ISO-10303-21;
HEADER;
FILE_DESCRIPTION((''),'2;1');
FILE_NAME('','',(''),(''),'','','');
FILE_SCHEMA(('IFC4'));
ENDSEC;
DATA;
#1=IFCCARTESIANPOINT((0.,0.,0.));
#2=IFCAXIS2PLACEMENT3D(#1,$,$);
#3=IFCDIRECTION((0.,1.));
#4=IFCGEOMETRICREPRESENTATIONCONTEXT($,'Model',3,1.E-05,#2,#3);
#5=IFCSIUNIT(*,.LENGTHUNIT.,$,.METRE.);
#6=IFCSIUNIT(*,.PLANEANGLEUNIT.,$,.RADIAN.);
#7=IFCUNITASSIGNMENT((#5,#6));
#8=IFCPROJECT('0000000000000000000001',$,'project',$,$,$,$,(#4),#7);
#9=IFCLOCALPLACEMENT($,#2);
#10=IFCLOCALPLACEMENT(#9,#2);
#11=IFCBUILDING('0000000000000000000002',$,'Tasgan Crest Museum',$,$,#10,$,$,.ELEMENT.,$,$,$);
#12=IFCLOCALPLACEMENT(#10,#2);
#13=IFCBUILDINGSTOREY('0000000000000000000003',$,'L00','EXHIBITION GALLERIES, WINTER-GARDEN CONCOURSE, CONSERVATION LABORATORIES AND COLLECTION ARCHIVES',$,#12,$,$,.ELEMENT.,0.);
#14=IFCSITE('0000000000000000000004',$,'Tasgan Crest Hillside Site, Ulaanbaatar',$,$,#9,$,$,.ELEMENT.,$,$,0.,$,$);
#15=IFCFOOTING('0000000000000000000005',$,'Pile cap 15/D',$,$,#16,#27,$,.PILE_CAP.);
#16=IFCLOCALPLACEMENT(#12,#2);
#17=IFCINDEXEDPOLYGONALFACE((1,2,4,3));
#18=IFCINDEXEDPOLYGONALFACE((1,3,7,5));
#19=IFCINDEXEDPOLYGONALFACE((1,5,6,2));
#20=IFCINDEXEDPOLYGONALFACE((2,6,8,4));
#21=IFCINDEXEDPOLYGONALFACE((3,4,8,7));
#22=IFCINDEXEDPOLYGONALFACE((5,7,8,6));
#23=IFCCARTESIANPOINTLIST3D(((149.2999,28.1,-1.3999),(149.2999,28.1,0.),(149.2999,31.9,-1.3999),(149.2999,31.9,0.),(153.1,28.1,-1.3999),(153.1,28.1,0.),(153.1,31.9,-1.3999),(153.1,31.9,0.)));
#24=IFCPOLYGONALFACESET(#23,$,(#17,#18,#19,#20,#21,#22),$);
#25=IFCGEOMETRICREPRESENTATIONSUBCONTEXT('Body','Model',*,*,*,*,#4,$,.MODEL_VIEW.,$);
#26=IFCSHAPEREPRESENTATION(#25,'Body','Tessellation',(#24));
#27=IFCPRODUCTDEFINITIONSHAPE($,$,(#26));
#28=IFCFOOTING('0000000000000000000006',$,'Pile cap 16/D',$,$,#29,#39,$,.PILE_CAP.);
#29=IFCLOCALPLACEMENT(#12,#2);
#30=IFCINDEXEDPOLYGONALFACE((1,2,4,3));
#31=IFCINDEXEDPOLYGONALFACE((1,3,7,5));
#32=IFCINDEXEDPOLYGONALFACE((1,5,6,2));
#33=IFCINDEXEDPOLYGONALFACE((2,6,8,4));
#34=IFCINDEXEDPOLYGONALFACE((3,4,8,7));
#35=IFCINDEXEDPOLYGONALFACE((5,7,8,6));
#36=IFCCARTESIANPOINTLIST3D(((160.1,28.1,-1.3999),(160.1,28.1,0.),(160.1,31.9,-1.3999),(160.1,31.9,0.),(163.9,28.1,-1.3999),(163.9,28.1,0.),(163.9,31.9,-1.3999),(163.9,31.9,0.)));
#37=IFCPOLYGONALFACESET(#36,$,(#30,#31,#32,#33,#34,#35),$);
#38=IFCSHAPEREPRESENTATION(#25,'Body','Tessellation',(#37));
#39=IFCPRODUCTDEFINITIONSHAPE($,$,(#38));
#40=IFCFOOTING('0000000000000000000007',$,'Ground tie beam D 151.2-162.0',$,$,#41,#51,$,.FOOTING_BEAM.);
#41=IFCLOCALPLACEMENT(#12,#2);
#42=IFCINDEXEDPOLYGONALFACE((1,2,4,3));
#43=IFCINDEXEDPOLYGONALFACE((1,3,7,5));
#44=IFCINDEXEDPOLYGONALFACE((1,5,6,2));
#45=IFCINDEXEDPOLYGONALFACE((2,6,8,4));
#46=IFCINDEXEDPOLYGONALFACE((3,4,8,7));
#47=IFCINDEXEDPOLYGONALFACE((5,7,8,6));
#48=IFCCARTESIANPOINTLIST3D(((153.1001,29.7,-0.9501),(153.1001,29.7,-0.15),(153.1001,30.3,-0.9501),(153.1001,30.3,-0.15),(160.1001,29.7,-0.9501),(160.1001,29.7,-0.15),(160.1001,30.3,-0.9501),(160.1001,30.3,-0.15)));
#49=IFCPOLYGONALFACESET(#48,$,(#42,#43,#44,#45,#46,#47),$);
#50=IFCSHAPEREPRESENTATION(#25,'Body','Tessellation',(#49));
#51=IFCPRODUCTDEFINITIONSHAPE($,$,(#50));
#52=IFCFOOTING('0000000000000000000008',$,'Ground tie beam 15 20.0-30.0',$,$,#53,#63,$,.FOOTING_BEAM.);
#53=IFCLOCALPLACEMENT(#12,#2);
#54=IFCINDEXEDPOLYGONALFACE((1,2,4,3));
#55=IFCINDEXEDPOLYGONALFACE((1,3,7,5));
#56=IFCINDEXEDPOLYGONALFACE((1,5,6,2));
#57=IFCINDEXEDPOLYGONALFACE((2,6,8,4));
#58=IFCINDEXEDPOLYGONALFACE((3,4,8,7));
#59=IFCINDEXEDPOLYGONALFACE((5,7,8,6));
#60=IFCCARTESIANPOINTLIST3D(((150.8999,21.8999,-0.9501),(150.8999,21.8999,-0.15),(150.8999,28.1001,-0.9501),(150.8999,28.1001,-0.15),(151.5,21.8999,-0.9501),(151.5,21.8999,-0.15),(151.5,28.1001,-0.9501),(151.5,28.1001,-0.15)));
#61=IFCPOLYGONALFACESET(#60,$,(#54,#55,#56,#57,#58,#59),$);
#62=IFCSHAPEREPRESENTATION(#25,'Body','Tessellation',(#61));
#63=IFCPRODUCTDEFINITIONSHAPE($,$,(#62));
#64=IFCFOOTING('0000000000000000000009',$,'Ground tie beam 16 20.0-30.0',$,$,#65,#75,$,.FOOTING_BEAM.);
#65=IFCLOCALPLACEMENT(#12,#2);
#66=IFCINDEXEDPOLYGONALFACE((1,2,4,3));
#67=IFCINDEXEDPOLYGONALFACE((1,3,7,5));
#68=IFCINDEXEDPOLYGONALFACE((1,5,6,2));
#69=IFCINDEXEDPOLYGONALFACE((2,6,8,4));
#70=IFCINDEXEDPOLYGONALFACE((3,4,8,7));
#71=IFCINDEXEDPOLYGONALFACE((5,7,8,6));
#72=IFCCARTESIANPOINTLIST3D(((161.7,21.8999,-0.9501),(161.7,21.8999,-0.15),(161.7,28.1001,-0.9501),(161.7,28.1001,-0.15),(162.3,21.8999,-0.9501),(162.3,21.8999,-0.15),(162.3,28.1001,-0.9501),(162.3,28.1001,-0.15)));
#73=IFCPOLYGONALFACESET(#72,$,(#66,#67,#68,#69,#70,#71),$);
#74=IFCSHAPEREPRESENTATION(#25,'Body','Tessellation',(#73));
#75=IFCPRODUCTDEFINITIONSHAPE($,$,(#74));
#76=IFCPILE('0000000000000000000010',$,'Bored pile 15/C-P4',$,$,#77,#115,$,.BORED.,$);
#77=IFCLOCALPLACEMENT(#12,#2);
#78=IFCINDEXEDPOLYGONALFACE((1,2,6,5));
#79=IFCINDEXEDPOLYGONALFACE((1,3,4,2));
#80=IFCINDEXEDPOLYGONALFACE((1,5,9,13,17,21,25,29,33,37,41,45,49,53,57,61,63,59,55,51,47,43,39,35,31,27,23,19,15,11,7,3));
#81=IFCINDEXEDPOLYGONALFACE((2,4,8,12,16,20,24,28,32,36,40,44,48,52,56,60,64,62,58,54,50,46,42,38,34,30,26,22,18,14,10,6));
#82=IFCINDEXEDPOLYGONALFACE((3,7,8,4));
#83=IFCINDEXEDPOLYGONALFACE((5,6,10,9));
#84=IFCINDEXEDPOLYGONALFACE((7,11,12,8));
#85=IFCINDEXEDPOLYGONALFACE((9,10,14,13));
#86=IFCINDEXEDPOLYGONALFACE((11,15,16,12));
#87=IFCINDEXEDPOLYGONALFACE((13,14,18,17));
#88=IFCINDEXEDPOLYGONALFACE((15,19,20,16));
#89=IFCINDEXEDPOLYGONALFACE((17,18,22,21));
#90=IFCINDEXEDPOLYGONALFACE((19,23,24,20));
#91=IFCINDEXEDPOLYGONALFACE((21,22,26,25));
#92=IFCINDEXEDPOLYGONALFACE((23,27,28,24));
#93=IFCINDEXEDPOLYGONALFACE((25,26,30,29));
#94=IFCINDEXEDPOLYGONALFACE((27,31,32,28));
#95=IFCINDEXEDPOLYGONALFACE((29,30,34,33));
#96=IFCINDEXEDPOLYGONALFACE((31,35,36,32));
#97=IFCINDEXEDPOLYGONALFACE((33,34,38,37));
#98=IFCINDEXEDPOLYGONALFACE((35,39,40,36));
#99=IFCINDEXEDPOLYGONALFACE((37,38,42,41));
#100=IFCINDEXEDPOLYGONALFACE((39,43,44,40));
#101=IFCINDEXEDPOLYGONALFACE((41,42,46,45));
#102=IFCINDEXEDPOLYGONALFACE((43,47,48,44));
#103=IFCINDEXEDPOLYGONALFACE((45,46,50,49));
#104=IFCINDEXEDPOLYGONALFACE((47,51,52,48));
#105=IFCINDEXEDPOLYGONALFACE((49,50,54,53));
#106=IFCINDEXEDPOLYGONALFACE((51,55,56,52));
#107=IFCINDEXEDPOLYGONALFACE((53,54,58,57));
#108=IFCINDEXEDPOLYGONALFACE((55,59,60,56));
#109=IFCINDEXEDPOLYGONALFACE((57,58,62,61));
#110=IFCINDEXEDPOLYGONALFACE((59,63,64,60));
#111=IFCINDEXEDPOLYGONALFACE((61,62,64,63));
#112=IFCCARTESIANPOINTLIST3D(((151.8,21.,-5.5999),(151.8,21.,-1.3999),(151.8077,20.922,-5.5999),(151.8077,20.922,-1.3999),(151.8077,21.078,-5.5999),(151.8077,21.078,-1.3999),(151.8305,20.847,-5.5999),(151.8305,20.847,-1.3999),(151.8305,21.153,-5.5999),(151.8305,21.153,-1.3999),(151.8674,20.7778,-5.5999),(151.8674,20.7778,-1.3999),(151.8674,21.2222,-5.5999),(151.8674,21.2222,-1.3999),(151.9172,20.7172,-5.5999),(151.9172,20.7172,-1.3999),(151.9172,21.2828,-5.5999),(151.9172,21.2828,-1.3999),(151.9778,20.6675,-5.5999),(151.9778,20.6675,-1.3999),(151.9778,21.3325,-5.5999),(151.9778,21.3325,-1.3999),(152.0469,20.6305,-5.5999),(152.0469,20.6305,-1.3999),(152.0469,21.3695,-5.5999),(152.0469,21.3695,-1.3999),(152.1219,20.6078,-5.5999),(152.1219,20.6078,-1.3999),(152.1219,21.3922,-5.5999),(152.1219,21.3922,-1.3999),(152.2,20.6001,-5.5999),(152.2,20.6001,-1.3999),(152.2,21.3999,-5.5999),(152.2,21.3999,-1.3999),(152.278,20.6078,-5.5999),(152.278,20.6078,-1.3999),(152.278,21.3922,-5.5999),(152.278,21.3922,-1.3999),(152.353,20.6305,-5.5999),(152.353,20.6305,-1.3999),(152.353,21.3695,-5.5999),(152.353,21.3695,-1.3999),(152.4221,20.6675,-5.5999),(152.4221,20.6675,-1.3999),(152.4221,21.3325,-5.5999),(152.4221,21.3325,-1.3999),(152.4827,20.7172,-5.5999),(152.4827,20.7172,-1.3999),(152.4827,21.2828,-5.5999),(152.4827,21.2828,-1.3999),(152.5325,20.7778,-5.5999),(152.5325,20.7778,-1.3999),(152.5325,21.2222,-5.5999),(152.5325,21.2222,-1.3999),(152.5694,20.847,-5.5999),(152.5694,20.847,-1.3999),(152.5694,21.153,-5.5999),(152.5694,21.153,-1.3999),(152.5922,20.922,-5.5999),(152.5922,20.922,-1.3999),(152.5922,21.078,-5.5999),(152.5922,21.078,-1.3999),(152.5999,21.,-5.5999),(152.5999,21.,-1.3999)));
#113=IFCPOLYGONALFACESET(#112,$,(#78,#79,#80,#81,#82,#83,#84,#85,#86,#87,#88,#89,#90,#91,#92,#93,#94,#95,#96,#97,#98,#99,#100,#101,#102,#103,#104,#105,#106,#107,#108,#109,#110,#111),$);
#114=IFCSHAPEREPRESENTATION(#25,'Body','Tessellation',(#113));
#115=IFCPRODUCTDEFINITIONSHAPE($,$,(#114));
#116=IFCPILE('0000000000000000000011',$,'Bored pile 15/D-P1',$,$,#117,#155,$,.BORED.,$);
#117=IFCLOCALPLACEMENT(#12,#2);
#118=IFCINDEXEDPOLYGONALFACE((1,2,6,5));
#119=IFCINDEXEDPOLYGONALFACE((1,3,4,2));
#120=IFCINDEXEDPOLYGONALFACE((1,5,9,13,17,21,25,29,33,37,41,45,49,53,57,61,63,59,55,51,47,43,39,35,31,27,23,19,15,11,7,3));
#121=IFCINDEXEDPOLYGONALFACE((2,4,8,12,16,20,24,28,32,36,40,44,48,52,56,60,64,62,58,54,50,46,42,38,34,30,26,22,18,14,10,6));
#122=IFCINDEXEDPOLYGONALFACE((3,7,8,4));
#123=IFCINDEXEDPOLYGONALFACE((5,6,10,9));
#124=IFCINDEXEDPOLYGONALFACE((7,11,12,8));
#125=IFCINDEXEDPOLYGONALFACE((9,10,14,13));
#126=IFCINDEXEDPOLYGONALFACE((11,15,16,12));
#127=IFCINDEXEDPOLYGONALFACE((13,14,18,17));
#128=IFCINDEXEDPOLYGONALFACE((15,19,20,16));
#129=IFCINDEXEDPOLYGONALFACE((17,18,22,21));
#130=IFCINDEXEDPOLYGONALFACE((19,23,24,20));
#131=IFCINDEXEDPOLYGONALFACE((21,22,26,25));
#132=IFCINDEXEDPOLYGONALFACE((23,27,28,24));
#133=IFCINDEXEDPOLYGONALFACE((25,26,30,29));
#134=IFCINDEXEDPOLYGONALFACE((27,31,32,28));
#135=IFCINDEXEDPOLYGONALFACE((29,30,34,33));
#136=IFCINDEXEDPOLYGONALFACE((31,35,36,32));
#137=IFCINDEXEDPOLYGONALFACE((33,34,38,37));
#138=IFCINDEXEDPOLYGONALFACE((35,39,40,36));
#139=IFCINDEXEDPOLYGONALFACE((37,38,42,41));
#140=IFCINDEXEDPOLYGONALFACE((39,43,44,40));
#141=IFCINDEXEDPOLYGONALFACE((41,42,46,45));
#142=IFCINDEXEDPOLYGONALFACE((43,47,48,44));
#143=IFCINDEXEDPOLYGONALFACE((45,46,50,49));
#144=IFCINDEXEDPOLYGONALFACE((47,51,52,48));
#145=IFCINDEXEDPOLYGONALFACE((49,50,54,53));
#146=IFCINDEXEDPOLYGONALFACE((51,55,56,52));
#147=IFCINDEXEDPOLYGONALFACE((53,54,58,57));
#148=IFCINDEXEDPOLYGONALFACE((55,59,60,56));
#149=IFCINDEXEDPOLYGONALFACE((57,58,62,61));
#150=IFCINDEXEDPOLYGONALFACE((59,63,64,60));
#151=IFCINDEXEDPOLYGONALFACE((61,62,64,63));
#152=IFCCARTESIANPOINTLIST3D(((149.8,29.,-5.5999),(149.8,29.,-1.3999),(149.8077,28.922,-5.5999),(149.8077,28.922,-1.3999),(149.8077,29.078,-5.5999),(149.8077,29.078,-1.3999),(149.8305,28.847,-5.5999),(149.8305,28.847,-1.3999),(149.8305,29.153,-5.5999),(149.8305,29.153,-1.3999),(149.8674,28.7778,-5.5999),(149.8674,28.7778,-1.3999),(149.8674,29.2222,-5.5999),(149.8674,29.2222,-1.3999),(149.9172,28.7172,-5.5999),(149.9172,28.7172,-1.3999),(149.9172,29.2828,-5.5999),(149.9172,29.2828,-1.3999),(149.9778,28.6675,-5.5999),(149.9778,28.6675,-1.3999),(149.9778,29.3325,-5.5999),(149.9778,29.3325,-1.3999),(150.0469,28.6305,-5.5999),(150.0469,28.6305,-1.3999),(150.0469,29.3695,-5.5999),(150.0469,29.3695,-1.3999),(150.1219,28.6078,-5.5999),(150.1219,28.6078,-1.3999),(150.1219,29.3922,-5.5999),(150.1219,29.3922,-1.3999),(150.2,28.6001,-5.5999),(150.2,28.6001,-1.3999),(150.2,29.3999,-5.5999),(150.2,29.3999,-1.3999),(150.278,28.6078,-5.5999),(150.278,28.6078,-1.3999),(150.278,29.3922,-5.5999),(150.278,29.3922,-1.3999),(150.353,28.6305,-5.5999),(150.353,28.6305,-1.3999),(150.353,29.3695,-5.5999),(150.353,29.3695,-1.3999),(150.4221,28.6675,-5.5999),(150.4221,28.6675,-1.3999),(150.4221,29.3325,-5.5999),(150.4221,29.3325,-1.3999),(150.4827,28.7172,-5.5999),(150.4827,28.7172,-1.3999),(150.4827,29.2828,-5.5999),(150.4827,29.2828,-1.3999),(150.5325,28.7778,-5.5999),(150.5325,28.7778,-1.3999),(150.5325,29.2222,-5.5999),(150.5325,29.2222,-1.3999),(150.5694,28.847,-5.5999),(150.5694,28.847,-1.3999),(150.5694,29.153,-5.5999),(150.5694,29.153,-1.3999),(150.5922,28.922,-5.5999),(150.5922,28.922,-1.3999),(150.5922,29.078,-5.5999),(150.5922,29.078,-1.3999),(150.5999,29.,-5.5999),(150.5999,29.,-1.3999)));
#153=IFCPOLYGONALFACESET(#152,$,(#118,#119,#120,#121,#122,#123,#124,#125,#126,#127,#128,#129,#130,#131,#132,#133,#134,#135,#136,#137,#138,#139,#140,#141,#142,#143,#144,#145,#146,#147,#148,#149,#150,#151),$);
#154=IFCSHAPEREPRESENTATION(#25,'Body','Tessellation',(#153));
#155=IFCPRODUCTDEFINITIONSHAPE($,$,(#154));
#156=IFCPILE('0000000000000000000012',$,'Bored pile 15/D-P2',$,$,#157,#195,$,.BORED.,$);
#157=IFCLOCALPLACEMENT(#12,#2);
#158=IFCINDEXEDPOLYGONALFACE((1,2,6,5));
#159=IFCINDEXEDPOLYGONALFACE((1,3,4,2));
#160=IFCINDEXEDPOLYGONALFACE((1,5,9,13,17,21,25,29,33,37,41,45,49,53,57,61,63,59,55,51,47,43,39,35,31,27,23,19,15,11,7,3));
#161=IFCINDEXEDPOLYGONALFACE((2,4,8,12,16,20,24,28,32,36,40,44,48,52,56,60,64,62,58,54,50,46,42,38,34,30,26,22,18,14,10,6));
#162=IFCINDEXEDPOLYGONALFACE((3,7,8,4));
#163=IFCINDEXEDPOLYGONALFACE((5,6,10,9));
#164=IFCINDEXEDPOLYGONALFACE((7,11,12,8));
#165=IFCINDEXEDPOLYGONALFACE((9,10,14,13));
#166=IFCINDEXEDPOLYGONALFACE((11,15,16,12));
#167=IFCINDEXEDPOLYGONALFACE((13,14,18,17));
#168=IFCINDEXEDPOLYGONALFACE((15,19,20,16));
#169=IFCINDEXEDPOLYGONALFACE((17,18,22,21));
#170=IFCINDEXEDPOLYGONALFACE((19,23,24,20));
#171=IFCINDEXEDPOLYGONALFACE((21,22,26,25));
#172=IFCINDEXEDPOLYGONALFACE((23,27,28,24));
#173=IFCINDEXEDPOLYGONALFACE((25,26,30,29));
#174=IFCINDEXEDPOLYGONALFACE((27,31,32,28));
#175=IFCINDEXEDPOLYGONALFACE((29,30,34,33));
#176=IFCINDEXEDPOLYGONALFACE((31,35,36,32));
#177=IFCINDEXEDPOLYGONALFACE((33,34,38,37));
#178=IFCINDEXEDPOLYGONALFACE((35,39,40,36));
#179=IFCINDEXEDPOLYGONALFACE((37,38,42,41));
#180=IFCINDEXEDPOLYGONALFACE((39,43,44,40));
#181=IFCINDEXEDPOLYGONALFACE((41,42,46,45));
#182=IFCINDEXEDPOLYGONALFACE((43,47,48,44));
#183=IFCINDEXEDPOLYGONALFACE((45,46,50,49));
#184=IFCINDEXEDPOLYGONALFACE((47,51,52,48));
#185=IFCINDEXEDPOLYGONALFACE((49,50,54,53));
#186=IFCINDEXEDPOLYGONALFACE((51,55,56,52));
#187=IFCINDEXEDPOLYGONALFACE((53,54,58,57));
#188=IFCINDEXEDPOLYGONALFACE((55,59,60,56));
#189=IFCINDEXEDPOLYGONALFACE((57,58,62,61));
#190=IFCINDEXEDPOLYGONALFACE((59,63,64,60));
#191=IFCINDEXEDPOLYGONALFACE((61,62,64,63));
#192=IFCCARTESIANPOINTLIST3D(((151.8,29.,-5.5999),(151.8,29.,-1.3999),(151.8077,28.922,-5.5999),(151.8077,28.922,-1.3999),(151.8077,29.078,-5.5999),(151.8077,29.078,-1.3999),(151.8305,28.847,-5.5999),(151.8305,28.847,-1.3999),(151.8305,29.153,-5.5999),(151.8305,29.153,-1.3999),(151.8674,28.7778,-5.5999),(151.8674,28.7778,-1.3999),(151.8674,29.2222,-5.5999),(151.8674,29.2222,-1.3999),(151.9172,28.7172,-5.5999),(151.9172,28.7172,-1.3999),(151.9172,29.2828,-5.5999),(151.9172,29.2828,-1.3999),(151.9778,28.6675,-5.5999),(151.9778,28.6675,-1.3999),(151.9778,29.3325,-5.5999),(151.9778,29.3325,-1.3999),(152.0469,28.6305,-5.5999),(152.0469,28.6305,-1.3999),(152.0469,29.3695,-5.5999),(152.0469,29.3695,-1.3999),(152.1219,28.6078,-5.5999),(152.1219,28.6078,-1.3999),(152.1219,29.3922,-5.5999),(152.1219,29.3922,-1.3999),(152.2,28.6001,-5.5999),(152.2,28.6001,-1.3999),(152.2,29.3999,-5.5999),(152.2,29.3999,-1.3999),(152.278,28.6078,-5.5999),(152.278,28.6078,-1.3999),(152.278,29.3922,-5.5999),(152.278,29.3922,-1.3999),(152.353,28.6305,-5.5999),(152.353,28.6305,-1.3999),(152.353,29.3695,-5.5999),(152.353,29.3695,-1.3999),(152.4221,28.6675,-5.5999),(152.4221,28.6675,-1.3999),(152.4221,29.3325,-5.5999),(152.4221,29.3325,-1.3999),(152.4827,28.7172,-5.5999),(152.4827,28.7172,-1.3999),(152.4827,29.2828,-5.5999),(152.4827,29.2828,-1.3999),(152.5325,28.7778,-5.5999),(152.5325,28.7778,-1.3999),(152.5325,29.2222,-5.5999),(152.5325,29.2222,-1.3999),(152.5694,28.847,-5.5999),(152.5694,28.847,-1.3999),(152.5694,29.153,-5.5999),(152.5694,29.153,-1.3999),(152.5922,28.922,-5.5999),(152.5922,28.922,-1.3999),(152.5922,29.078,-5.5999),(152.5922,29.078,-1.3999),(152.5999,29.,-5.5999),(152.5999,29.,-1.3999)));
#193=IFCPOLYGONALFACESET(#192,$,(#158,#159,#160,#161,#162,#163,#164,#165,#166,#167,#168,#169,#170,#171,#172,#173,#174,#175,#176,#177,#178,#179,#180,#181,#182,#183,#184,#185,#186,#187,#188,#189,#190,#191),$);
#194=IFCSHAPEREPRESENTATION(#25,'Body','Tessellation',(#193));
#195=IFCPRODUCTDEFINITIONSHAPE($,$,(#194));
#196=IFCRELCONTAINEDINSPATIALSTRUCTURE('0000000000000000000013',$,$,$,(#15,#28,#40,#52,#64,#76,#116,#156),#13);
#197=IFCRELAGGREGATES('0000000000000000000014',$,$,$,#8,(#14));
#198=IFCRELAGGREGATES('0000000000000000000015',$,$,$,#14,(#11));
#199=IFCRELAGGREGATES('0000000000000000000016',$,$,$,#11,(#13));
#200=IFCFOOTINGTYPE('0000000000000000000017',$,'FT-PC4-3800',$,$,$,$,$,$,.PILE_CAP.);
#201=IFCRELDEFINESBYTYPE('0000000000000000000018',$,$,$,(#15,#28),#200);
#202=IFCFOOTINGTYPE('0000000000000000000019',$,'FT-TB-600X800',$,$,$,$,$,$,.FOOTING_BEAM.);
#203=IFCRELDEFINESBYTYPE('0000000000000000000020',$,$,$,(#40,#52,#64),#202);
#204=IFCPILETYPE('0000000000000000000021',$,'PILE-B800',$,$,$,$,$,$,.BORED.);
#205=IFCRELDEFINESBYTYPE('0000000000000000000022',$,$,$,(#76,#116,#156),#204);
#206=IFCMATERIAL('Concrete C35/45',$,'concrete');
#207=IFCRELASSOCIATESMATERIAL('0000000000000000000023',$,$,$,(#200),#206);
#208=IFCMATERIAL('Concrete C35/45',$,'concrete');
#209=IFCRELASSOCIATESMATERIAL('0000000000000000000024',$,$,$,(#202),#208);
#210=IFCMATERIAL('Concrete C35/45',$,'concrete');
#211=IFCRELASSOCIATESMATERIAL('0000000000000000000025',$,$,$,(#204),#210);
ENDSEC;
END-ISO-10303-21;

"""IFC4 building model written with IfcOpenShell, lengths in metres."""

from ifc_helpers import new_model, si_unit, direction, frame, origin, origin_2d, place, context, subcontext, project, spatial, rectangle, circle, extrude, material, material_profile, profile_set, type_object, element, save


model = new_model("IFC4")

# Units and contexts
model_context = context("Model", 3, precision=1e-05, world=origin(), true_north=direction((0.0, 1.0)))
body_context = subcontext(model_context, "Body", "Model", "MODEL_VIEW")
ifc_project = project(units=[si_unit("LENGTHUNIT", "METRE"), si_unit("PLANEANGLEUNIT", "RADIAN")], contexts=[model_context])

# Site, building, storey
site_placement = place(None, origin())
site = spatial("IfcSite", under=ifc_project, at=site_placement, Name="Tasgan Crest Hillside Site, Ulaanbaatar", CompositionType="ELEMENT", RefElevation=0.0)
building_placement = place(site_placement, origin())
building = spatial("IfcBuilding", under=site, at=building_placement, Name="Tasgan Crest Museum", CompositionType="ELEMENT")
storey_placement = place(building_placement, origin())
storey = spatial("IfcBuildingStorey", under=building, at=storey_placement, Name="L00", Description="EXHIBITION GALLERIES, WINTER-GARDEN CONCOURSE, CONSERVATION LABORATORIES AND COLLECTION ARCHIVES", CompositionType="ELEMENT", Elevation=0.0)

# Footings
ifc_material_1 = material(Name="Concrete C35/45", Category="concrete")
footing_type_1 = type_object("IfcFootingType", Name="FT-PC4-3800", PredefinedType="PILE_CAP", material=ifc_material_1)
for number, where, z_axis, x_axis, name in (
    (1, (151.2, 30.0, -1.3999), (0.0, 0.0, 1.0), (1.0, 0.0, 0.0), "Pile cap 15/D"),
    (2, (162.0, 30.0, -1.3999), (0.0, 0.0, 1.0), (1.0, 0.0, 0.0), "Pile cap 16/D"),
):
    element("IfcFooting", number, at=place(storey_placement, frame(where, z_axis=z_axis, x_axis=x_axis)), inside=storey, type_object=footing_type_1, Name=name, PredefinedType="PILE_CAP", context=body_context, shape_type="SweptSolid", body=[
        extrude(rectangle(XDim=3.8, YDim=3.8, at=origin_2d()), origin(), (0.0, 0.0, 1.0), 1.3999),
    ])
ifc_material_2 = material(Name="Concrete C35/45", Category="concrete")
ifc_material_profile_1 = material_profile(ifc_material_2, rectangle(XDim=0.6001, YDim=0.8, at=origin_2d()), Name="TB 600x800")
ifc_profile_set_1 = profile_set([ifc_material_profile_1], Name="Concrete C35/45")
footing_type_2 = type_object("IfcFootingType", Name="FT-TB-600X800", PredefinedType="FOOTING_BEAM", material=ifc_profile_set_1)
footing_placement = place(storey_placement, frame((153.1001, 30.0, -0.55), z_axis=(1.0, 0.0, 0.0), x_axis=(0.0, 1.0, 0.0)))
element("IfcFooting", 3, at=footing_placement, inside=storey, type_object=footing_type_2, Name="Ground tie beam D 151.2-162.0", PredefinedType="FOOTING_BEAM", context=body_context, shape_type="SweptSolid", body=[
    extrude(rectangle(XDim=0.6001, YDim=0.8, at=origin_2d()), origin(), (0.0, 0.0, 1.0), 7.0),
])
for number, where, z_axis, x_axis, name in (
    (4, (151.2, 21.8999, -0.55), (0.0, 1.0, 0.0), (-1.0, 0.0, 0.0), "Ground tie beam 15 20.0-30.0"),
    (5, (162.0, 21.8999, -0.55), (0.0, 1.0, 0.0), (-1.0, 0.0, 0.0), "Ground tie beam 16 20.0-30.0"),
):
    element("IfcFooting", number, at=place(storey_placement, frame(where, z_axis=z_axis, x_axis=x_axis)), inside=storey, type_object=footing_type_2, Name=name, PredefinedType="FOOTING_BEAM", context=body_context, shape_type="SweptSolid", body=[
        extrude(rectangle(XDim=0.6001, YDim=0.8, at=origin_2d()), origin(), (0.0, 0.0, 1.0), 6.2002),
    ])

# Piles
ifc_material_3 = material(Name="Concrete C35/45", Category="concrete")
ifc_material_profile_2 = material_profile(ifc_material_3, circle(Radius=0.3999, at=origin_2d()), Name="PILE D800")
ifc_profile_set_2 = profile_set([ifc_material_profile_2], Name="Concrete C35/45")
pile_type = type_object("IfcPileType", Name="PILE-B800", PredefinedType="BORED", material=ifc_profile_set_2)
for number, where, z_axis, x_axis, name in (
    (6, (152.2, 21.0, -1.3999), (0.0, 0.0, -1.0), (1.0, 0.0, 0.0), "Bored pile 15/C-P4"),
    (7, (150.2, 29.0, -1.3999), (0.0, 0.0, -1.0), (1.0, 0.0, 0.0), "Bored pile 15/D-P1"),
    (8, (152.2, 29.0, -1.3999), (0.0, 0.0, -1.0), (1.0, 0.0, 0.0), "Bored pile 15/D-P2"),
):
    element("IfcPile", number, at=place(storey_placement, frame(where, z_axis=z_axis, x_axis=x_axis)), inside=storey, type_object=pile_type, Name=name, PredefinedType="BORED", context=body_context, shape_type="SweptSolid", body=[
        extrude(circle(Radius=0.3999, at=origin_2d()), origin(), (0.0, 0.0, 1.0), 4.2),
    ])

save(model, "model.ifc")
